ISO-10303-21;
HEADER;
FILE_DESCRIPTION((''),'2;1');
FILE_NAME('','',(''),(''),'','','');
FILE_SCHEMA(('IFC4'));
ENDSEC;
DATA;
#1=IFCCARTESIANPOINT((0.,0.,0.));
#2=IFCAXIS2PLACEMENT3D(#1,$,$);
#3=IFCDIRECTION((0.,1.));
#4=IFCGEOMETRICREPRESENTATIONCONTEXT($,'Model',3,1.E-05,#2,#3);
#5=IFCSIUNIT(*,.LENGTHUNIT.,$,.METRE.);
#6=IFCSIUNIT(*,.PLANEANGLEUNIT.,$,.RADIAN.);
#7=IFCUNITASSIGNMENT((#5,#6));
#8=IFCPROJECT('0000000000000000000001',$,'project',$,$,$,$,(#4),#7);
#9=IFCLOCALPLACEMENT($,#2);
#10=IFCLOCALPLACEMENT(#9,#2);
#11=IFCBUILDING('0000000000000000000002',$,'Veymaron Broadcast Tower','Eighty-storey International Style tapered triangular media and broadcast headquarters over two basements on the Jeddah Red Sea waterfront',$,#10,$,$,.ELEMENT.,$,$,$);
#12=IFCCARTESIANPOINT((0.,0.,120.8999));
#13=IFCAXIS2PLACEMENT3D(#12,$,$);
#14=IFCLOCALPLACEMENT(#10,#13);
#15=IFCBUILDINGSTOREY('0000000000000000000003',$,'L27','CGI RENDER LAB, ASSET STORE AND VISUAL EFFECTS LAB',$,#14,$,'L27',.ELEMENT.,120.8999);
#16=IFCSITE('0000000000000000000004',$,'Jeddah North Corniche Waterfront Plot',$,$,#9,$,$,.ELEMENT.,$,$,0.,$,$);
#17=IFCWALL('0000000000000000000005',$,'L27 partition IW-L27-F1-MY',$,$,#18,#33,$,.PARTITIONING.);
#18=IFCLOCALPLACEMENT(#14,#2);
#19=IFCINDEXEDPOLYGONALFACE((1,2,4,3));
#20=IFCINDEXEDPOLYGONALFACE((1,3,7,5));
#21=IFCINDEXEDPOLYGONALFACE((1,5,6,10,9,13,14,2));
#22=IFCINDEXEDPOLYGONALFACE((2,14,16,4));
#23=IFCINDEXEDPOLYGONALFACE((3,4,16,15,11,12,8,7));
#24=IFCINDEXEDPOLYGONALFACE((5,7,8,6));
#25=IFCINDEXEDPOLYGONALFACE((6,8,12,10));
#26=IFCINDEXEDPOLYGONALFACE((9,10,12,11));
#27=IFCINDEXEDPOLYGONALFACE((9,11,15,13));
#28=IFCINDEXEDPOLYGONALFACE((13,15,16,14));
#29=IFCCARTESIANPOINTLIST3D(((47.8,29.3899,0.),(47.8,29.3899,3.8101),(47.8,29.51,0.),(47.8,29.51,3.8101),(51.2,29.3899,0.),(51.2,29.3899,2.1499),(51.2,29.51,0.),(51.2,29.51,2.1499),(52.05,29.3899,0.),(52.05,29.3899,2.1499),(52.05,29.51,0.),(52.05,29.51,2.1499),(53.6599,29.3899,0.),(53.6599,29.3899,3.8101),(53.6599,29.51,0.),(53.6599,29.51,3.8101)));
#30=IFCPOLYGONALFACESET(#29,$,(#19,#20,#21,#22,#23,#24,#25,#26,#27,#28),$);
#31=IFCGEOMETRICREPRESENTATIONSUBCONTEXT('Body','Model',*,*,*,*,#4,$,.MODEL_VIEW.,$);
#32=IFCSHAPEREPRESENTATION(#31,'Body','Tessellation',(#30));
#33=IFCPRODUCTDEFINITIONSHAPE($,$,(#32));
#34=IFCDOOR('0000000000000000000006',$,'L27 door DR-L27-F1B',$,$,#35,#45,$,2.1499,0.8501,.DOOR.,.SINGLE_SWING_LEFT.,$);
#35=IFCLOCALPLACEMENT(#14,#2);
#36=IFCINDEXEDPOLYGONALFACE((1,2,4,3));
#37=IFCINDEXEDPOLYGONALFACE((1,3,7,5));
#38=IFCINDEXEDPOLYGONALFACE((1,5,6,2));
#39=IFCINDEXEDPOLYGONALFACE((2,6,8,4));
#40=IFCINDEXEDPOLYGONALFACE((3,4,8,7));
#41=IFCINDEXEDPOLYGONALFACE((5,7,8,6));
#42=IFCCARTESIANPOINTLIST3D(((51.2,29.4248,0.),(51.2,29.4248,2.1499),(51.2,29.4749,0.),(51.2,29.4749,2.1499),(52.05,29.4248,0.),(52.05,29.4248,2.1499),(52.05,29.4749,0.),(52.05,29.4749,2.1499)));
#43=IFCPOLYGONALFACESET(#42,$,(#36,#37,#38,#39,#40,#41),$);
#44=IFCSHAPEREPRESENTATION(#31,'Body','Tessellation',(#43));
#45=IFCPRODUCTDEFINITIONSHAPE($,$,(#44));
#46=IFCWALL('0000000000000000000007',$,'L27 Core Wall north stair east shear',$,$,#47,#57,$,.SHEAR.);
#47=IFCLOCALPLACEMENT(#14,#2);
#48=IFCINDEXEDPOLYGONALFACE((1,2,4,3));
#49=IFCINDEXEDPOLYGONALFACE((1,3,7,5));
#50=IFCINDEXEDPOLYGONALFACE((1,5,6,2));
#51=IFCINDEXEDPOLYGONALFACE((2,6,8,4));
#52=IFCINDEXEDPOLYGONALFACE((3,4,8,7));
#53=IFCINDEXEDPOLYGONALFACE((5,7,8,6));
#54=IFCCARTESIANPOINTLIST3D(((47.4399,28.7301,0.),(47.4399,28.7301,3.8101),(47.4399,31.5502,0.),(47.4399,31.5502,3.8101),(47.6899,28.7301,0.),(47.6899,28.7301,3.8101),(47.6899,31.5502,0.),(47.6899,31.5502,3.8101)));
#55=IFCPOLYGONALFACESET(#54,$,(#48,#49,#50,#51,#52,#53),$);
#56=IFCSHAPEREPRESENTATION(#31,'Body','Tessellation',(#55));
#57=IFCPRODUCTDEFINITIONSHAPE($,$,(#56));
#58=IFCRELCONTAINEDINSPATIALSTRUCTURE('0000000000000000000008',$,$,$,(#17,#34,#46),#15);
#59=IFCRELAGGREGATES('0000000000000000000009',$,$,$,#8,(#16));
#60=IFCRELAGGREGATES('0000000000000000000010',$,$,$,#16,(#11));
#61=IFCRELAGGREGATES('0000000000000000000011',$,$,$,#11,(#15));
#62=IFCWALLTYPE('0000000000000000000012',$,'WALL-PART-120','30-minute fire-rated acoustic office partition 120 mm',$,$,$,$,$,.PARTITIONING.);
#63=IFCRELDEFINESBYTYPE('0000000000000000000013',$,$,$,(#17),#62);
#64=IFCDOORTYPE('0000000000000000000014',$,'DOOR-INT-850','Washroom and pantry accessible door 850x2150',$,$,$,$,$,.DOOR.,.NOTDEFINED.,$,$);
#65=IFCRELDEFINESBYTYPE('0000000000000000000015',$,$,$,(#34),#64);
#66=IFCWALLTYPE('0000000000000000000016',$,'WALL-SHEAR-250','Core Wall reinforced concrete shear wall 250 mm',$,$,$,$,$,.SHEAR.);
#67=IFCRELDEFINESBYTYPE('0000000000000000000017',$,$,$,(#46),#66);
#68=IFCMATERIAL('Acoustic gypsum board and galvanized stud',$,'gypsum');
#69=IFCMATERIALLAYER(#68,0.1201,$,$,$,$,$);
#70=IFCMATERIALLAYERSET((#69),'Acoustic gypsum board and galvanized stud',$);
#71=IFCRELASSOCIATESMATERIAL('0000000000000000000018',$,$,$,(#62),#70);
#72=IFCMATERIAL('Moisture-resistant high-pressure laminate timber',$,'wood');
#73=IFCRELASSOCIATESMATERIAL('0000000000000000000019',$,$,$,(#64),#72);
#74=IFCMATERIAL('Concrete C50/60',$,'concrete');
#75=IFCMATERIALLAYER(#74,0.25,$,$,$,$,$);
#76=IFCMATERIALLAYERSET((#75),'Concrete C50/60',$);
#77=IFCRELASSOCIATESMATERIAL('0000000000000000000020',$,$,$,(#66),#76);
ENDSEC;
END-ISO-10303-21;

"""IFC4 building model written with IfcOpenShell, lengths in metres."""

from ifc_helpers import new_model, si_unit, direction, frame, frame_2d, origin, place, context, subcontext, project, spatial, rectangle, extrude, material, layer, layer_set, type_object, element, fill, save


model = new_model("IFC4")

# Units and contexts
model_context = context("Model", 3, precision=1e-05, world=origin(), true_north=direction((0.0, 1.0)))
body_context = subcontext(model_context, "Body", "Model", "MODEL_VIEW")
ifc_project = project(units=[si_unit("LENGTHUNIT", "METRE"), si_unit("PLANEANGLEUNIT", "RADIAN")], contexts=[model_context])

# Site, building, storey
site_placement = place(None, origin())
site = spatial("IfcSite", under=ifc_project, at=site_placement, Name="Jeddah North Corniche Waterfront Plot", CompositionType="ELEMENT", RefElevation=0.0)
building_placement = place(site_placement, origin())
building = spatial("IfcBuilding", under=site, at=building_placement, Name="Veymaron Broadcast Tower", Description="Eighty-storey International Style tapered triangular media and broadcast headquarters over two basements on the Jeddah Red Sea waterfront", CompositionType="ELEMENT")
storey_placement = place(building_placement, frame((0.0, 0.0, 120.8999)))
storey = spatial("IfcBuildingStorey", under=building, at=storey_placement, Name="L27", Description="CGI RENDER LAB, ASSET STORE AND VISUAL EFFECTS LAB", LongName="L27", CompositionType="ELEMENT", Elevation=120.8999)

# Wall, opening, door
ifc_material_1 = material(Name="Acoustic gypsum board and galvanized stud", Category="gypsum")
ifc_layer_1 = layer(ifc_material_1, 0.1201)
ifc_layer_set_1 = layer_set([ifc_layer_1], Name="Acoustic gypsum board and galvanized stud")
wall_type_1 = type_object("IfcWallType", Name="WALL-PART-120", Description="30-minute fire-rated acoustic office partition 120 mm", PredefinedType="PARTITIONING", material=ifc_layer_set_1)
ifc_material_2 = material(Name="Moisture-resistant high-pressure laminate timber", Category="wood")
door_type_1 = type_object("IfcDoorType", Name="DOOR-INT-850", Description="Washroom and pantry accessible door 850x2150", OperationType="NOTDEFINED", PredefinedType="DOOR", material=ifc_material_2)
wall_1_placement = place(storey_placement, frame((47.8, 29.45, 0.0), z_axis=(0.0, 0.0, 1.0), x_axis=(1.0, 0.0, 0.0)))
wall_1 = element("IfcWall", 1, at=wall_1_placement, inside=storey, type_object=wall_type_1, Name="L27 partition IW-L27-F1-MY", PredefinedType="PARTITIONING", context=body_context, shape_type="SweptSolid", body=[
    extrude(rectangle(XDim=5.8599, YDim=0.1201, at=frame_2d((2.9299, 0.0))), origin(), (0.0, 0.0, 1.0), 3.8101),
])
opening_1_placement = place(wall_1_placement, frame((3.3999, 0.0, 0.0)))
opening_1 = element("IfcOpeningElement", 2, at=opening_1_placement, cuts=wall_1, PredefinedType="OPENING", context=body_context, shape_type="SweptSolid", body=[
    extrude(rectangle(XDim=0.8501, YDim=2.1499, at=frame_2d((0.425, 1.075))), frame((0.0, 0.0701, 0.0), z_axis=(0.0, -1.0, 0.0), x_axis=(1.0, 0.0, 0.0)), (0.0, 0.0, 1.0), 0.1401),
])
door_1_placement = place(opening_1_placement, origin())
door_1 = element("IfcDoor", 3, at=door_1_placement, inside=storey, type_object=door_type_1, Name="L27 door DR-L27-F1B", OperationType="SINGLE_SWING_LEFT", OverallHeight=2.1499, OverallWidth=0.8501, PredefinedType="DOOR", context=body_context, shape_type="SweptSolid", body=[
    extrude(rectangle(XDim=0.8501, YDim=2.1499, at=frame_2d((0.425, 1.075))), frame((0.0, 0.0249, 0.0), z_axis=(0.0, -1.0, 0.0), x_axis=(1.0, 0.0, 0.0)), (0.0, 0.0, 1.0), 0.05),
])
fill(opening_1, door_1)

# Wall
ifc_material_3 = material(Name="Concrete C50/60", Category="concrete")
ifc_layer_2 = layer(ifc_material_3, 0.25)
ifc_layer_set_2 = layer_set([ifc_layer_2], Name="Concrete C50/60")
wall_type_2 = type_object("IfcWallType", Name="WALL-SHEAR-250", Description="Core Wall reinforced concrete shear wall 250 mm", PredefinedType="SHEAR", material=ifc_layer_set_2)
wall_2_placement = place(storey_placement, frame((47.5649, 28.73, 0.0), z_axis=(0.0, 0.0, 1.0), x_axis=(0.0, 1.0, 0.0)))
element("IfcWall", 4, at=wall_2_placement, inside=storey, type_object=wall_type_2, Name="L27 Core Wall north stair east shear", PredefinedType="SHEAR", context=body_context, shape_type="SweptSolid", body=[
    extrude(rectangle(XDim=2.8201, YDim=0.25, at=frame_2d((1.4102, 0.0))), origin(), (0.0, 0.0, 1.0), 3.8101),
])

save(model, "model.ifc")
